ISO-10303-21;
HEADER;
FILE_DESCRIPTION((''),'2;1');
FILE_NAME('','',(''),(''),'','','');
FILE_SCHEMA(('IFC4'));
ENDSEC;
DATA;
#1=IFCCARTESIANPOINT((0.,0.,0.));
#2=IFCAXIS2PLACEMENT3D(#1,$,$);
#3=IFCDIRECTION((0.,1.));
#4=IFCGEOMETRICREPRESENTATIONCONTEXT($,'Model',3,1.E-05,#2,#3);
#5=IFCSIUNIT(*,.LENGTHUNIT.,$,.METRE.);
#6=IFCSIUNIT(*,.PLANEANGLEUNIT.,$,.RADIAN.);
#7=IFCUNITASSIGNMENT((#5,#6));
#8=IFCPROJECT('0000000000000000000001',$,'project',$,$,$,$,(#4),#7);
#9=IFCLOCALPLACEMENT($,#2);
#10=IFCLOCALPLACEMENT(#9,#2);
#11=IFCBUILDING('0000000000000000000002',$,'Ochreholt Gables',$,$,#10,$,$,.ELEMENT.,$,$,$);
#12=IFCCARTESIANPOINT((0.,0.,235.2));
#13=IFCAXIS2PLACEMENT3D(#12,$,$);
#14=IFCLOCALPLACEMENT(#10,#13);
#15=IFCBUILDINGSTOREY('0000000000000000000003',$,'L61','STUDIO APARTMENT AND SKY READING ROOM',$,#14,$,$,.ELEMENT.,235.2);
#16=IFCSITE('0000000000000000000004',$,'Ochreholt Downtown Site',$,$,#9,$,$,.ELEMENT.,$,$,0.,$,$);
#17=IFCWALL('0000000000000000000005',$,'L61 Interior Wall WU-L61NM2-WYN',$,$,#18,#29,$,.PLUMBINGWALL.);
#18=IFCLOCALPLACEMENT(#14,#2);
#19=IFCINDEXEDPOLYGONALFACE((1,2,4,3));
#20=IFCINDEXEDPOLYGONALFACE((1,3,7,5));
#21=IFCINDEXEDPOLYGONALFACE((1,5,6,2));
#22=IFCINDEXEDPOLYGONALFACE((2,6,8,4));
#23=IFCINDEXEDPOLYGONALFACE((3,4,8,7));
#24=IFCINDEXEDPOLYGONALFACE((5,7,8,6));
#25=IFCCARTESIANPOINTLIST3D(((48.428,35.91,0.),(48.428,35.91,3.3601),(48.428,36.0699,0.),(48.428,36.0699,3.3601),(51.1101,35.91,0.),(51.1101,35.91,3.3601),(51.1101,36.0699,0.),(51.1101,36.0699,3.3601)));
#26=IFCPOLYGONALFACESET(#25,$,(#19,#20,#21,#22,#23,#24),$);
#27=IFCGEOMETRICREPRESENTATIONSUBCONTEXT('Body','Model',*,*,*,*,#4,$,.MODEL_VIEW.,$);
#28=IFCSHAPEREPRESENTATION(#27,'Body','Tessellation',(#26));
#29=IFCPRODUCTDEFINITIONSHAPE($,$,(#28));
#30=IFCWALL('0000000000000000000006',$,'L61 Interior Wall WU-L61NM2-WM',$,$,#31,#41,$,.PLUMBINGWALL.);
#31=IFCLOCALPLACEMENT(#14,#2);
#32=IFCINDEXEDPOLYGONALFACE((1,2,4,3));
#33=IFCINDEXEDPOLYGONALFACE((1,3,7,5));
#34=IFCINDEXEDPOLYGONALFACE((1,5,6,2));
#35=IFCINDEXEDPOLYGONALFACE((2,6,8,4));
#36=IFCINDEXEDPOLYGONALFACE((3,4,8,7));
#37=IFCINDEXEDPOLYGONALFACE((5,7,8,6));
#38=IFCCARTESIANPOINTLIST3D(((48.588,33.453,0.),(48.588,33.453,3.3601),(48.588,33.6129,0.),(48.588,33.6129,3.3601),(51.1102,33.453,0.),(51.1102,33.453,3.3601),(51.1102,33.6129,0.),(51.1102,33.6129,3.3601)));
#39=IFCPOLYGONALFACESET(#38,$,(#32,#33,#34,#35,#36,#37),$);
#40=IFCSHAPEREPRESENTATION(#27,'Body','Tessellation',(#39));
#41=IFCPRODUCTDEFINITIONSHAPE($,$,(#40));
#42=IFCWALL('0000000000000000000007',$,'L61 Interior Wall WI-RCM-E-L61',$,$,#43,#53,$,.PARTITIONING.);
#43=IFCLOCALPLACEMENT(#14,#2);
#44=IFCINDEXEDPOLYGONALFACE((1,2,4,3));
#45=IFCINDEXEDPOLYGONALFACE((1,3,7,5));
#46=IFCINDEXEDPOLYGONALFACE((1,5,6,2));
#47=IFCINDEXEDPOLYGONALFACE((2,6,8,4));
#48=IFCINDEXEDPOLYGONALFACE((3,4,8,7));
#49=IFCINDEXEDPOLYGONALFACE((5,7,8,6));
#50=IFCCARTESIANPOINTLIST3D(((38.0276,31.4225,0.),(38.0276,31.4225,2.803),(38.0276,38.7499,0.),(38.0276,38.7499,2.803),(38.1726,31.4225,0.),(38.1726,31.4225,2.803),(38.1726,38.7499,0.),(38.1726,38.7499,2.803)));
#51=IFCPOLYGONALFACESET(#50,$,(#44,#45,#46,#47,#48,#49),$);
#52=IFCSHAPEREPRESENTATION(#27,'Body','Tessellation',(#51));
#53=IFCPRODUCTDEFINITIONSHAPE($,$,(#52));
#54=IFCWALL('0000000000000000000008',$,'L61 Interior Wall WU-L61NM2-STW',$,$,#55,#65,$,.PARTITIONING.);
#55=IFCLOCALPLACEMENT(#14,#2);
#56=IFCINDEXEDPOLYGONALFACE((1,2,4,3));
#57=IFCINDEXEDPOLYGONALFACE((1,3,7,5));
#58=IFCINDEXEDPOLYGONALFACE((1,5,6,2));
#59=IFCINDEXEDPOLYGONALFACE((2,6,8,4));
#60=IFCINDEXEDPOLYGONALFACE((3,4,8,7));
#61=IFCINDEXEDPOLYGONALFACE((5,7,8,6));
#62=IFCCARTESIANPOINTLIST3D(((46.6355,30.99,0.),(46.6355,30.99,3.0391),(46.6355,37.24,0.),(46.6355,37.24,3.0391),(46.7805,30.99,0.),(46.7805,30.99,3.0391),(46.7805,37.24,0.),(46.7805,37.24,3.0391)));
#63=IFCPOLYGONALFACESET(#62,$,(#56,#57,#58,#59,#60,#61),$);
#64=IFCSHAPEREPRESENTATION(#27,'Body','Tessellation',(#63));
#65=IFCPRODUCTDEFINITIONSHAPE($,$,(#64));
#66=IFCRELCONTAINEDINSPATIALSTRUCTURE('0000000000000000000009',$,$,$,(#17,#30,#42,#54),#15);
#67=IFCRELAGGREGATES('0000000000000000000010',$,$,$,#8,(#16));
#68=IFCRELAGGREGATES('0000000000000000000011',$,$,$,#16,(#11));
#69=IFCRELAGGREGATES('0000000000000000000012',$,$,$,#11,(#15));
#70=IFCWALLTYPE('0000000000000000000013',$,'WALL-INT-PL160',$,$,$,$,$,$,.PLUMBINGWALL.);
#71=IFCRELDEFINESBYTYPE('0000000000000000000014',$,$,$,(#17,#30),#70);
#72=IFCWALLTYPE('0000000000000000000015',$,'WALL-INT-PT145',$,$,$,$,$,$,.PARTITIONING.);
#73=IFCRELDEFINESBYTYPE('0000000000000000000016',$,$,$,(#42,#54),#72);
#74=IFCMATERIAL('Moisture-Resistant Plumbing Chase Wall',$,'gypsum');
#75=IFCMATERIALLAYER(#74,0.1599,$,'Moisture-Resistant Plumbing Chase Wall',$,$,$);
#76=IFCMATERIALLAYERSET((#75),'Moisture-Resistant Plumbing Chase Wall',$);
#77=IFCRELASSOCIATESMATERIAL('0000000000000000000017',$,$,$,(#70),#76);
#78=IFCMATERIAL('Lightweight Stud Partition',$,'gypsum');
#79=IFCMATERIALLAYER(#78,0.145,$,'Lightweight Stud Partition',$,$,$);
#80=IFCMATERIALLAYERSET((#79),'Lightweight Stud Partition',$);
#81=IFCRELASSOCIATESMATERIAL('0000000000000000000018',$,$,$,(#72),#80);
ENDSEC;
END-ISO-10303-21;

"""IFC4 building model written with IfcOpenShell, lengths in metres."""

from ifc_helpers import new_model, si_unit, direction, frame, frame_2d, origin, place, context, subcontext, project, spatial, rectangle, extrude, material, layer, layer_set, type_object, element, save


model = new_model("IFC4")

# Units and contexts
model_context = context("Model", 3, precision=1e-05, world=origin(), true_north=direction((0.0, 1.0)))
body_context = subcontext(model_context, "Body", "Model", "MODEL_VIEW")
ifc_project = project(units=[si_unit("LENGTHUNIT", "METRE"), si_unit("PLANEANGLEUNIT", "RADIAN")], contexts=[model_context])

# Site, building, storey
site_placement = place(None, origin())
site = spatial("IfcSite", under=ifc_project, at=site_placement, Name="Ochreholt Downtown Site", CompositionType="ELEMENT", RefElevation=0.0)
building_placement = place(site_placement, origin())
building = spatial("IfcBuilding", under=site, at=building_placement, Name="Ochreholt Gables", CompositionType="ELEMENT")
storey_placement = place(building_placement, frame((0.0, 0.0, 235.2)))
storey = spatial("IfcBuildingStorey", under=building, at=storey_placement, Name="L61", Description="STUDIO APARTMENT AND SKY READING ROOM", CompositionType="ELEMENT", Elevation=235.2)

# Shared definitions
ifc_material_1 = material(Name="Moisture-Resistant Plumbing Chase Wall", Category="gypsum")
ifc_layer_1 = layer(ifc_material_1, 0.1599, Name="Moisture-Resistant Plumbing Chase Wall")
ifc_layer_set_1 = layer_set([ifc_layer_1], Name="Moisture-Resistant Plumbing Chase Wall")
wall_type_1 = type_object("IfcWallType", Name="WALL-INT-PL160", PredefinedType="PLUMBINGWALL", material=ifc_layer_set_1)

# Wall
wall_1_placement = place(storey_placement, frame((48.428, 35.99, 0.0), z_axis=(0.0, 0.0, 1.0), x_axis=(1.0, 0.0, 0.0)))
element("IfcWall", 1, at=wall_1_placement, inside=storey, type_object=wall_type_1, Name="L61 Interior Wall WU-L61NM2-WYN", PredefinedType="PLUMBINGWALL", context=body_context, shape_type="SweptSolid", body=[
    extrude(rectangle(XDim=2.6821, YDim=0.1599, at=frame_2d((1.3411, 0.0))), origin(), (0.0, 0.0, 1.0), 3.3601),
])

# Walls
wall_2_placement = place(storey_placement, frame((48.5879, 33.533, 0.0), z_axis=(0.0, 0.0, 1.0), x_axis=(1.0, 0.0, 0.0)))
element("IfcWall", 2, at=wall_2_placement, inside=storey, type_object=wall_type_1, Name="L61 Interior Wall WU-L61NM2-WM", PredefinedType="PLUMBINGWALL", context=body_context, shape_type="SweptSolid", body=[
    extrude(rectangle(XDim=2.5222, YDim=0.1599, at=frame_2d((1.2612, 0.0))), origin(), (0.0, 0.0, 1.0), 3.3601),
])
ifc_material_2 = material(Name="Lightweight Stud Partition", Category="gypsum")
ifc_layer_2 = layer(ifc_material_2, 0.145, Name="Lightweight Stud Partition")
ifc_layer_set_2 = layer_set([ifc_layer_2], Name="Lightweight Stud Partition")
wall_type_2 = type_object("IfcWallType", Name="WALL-INT-PT145", PredefinedType="PARTITIONING", material=ifc_layer_set_2)
wall_3_placement = place(storey_placement, frame((38.1001, 31.4226, 0.0), z_axis=(0.0, 0.0, 1.0), x_axis=(0.0, 1.0, 0.0)))
element("IfcWall", 3, at=wall_3_placement, inside=storey, type_object=wall_type_2, Name="L61 Interior Wall WI-RCM-E-L61", PredefinedType="PARTITIONING", context=body_context, shape_type="SweptSolid", body=[
    extrude(rectangle(XDim=7.3274, YDim=0.145, at=frame_2d((3.6636, 0.0))), origin(), (0.0, 0.0, 1.0), 2.803),
])
wall_4_placement = place(storey_placement, frame((46.708, 30.99, 0.0), z_axis=(0.0, 0.0, 1.0), x_axis=(0.0, 1.0, 0.0)))
element("IfcWall", 4, at=wall_4_placement, inside=storey, type_object=wall_type_2, Name="L61 Interior Wall WU-L61NM2-STW", PredefinedType="PARTITIONING", context=body_context, shape_type="SweptSolid", body=[
    extrude(rectangle(XDim=6.25, YDim=0.145, at=frame_2d((3.125, 0.0))), origin(), (0.0, 0.0, 1.0), 3.0391),
])

save(model, "model.ifc")
